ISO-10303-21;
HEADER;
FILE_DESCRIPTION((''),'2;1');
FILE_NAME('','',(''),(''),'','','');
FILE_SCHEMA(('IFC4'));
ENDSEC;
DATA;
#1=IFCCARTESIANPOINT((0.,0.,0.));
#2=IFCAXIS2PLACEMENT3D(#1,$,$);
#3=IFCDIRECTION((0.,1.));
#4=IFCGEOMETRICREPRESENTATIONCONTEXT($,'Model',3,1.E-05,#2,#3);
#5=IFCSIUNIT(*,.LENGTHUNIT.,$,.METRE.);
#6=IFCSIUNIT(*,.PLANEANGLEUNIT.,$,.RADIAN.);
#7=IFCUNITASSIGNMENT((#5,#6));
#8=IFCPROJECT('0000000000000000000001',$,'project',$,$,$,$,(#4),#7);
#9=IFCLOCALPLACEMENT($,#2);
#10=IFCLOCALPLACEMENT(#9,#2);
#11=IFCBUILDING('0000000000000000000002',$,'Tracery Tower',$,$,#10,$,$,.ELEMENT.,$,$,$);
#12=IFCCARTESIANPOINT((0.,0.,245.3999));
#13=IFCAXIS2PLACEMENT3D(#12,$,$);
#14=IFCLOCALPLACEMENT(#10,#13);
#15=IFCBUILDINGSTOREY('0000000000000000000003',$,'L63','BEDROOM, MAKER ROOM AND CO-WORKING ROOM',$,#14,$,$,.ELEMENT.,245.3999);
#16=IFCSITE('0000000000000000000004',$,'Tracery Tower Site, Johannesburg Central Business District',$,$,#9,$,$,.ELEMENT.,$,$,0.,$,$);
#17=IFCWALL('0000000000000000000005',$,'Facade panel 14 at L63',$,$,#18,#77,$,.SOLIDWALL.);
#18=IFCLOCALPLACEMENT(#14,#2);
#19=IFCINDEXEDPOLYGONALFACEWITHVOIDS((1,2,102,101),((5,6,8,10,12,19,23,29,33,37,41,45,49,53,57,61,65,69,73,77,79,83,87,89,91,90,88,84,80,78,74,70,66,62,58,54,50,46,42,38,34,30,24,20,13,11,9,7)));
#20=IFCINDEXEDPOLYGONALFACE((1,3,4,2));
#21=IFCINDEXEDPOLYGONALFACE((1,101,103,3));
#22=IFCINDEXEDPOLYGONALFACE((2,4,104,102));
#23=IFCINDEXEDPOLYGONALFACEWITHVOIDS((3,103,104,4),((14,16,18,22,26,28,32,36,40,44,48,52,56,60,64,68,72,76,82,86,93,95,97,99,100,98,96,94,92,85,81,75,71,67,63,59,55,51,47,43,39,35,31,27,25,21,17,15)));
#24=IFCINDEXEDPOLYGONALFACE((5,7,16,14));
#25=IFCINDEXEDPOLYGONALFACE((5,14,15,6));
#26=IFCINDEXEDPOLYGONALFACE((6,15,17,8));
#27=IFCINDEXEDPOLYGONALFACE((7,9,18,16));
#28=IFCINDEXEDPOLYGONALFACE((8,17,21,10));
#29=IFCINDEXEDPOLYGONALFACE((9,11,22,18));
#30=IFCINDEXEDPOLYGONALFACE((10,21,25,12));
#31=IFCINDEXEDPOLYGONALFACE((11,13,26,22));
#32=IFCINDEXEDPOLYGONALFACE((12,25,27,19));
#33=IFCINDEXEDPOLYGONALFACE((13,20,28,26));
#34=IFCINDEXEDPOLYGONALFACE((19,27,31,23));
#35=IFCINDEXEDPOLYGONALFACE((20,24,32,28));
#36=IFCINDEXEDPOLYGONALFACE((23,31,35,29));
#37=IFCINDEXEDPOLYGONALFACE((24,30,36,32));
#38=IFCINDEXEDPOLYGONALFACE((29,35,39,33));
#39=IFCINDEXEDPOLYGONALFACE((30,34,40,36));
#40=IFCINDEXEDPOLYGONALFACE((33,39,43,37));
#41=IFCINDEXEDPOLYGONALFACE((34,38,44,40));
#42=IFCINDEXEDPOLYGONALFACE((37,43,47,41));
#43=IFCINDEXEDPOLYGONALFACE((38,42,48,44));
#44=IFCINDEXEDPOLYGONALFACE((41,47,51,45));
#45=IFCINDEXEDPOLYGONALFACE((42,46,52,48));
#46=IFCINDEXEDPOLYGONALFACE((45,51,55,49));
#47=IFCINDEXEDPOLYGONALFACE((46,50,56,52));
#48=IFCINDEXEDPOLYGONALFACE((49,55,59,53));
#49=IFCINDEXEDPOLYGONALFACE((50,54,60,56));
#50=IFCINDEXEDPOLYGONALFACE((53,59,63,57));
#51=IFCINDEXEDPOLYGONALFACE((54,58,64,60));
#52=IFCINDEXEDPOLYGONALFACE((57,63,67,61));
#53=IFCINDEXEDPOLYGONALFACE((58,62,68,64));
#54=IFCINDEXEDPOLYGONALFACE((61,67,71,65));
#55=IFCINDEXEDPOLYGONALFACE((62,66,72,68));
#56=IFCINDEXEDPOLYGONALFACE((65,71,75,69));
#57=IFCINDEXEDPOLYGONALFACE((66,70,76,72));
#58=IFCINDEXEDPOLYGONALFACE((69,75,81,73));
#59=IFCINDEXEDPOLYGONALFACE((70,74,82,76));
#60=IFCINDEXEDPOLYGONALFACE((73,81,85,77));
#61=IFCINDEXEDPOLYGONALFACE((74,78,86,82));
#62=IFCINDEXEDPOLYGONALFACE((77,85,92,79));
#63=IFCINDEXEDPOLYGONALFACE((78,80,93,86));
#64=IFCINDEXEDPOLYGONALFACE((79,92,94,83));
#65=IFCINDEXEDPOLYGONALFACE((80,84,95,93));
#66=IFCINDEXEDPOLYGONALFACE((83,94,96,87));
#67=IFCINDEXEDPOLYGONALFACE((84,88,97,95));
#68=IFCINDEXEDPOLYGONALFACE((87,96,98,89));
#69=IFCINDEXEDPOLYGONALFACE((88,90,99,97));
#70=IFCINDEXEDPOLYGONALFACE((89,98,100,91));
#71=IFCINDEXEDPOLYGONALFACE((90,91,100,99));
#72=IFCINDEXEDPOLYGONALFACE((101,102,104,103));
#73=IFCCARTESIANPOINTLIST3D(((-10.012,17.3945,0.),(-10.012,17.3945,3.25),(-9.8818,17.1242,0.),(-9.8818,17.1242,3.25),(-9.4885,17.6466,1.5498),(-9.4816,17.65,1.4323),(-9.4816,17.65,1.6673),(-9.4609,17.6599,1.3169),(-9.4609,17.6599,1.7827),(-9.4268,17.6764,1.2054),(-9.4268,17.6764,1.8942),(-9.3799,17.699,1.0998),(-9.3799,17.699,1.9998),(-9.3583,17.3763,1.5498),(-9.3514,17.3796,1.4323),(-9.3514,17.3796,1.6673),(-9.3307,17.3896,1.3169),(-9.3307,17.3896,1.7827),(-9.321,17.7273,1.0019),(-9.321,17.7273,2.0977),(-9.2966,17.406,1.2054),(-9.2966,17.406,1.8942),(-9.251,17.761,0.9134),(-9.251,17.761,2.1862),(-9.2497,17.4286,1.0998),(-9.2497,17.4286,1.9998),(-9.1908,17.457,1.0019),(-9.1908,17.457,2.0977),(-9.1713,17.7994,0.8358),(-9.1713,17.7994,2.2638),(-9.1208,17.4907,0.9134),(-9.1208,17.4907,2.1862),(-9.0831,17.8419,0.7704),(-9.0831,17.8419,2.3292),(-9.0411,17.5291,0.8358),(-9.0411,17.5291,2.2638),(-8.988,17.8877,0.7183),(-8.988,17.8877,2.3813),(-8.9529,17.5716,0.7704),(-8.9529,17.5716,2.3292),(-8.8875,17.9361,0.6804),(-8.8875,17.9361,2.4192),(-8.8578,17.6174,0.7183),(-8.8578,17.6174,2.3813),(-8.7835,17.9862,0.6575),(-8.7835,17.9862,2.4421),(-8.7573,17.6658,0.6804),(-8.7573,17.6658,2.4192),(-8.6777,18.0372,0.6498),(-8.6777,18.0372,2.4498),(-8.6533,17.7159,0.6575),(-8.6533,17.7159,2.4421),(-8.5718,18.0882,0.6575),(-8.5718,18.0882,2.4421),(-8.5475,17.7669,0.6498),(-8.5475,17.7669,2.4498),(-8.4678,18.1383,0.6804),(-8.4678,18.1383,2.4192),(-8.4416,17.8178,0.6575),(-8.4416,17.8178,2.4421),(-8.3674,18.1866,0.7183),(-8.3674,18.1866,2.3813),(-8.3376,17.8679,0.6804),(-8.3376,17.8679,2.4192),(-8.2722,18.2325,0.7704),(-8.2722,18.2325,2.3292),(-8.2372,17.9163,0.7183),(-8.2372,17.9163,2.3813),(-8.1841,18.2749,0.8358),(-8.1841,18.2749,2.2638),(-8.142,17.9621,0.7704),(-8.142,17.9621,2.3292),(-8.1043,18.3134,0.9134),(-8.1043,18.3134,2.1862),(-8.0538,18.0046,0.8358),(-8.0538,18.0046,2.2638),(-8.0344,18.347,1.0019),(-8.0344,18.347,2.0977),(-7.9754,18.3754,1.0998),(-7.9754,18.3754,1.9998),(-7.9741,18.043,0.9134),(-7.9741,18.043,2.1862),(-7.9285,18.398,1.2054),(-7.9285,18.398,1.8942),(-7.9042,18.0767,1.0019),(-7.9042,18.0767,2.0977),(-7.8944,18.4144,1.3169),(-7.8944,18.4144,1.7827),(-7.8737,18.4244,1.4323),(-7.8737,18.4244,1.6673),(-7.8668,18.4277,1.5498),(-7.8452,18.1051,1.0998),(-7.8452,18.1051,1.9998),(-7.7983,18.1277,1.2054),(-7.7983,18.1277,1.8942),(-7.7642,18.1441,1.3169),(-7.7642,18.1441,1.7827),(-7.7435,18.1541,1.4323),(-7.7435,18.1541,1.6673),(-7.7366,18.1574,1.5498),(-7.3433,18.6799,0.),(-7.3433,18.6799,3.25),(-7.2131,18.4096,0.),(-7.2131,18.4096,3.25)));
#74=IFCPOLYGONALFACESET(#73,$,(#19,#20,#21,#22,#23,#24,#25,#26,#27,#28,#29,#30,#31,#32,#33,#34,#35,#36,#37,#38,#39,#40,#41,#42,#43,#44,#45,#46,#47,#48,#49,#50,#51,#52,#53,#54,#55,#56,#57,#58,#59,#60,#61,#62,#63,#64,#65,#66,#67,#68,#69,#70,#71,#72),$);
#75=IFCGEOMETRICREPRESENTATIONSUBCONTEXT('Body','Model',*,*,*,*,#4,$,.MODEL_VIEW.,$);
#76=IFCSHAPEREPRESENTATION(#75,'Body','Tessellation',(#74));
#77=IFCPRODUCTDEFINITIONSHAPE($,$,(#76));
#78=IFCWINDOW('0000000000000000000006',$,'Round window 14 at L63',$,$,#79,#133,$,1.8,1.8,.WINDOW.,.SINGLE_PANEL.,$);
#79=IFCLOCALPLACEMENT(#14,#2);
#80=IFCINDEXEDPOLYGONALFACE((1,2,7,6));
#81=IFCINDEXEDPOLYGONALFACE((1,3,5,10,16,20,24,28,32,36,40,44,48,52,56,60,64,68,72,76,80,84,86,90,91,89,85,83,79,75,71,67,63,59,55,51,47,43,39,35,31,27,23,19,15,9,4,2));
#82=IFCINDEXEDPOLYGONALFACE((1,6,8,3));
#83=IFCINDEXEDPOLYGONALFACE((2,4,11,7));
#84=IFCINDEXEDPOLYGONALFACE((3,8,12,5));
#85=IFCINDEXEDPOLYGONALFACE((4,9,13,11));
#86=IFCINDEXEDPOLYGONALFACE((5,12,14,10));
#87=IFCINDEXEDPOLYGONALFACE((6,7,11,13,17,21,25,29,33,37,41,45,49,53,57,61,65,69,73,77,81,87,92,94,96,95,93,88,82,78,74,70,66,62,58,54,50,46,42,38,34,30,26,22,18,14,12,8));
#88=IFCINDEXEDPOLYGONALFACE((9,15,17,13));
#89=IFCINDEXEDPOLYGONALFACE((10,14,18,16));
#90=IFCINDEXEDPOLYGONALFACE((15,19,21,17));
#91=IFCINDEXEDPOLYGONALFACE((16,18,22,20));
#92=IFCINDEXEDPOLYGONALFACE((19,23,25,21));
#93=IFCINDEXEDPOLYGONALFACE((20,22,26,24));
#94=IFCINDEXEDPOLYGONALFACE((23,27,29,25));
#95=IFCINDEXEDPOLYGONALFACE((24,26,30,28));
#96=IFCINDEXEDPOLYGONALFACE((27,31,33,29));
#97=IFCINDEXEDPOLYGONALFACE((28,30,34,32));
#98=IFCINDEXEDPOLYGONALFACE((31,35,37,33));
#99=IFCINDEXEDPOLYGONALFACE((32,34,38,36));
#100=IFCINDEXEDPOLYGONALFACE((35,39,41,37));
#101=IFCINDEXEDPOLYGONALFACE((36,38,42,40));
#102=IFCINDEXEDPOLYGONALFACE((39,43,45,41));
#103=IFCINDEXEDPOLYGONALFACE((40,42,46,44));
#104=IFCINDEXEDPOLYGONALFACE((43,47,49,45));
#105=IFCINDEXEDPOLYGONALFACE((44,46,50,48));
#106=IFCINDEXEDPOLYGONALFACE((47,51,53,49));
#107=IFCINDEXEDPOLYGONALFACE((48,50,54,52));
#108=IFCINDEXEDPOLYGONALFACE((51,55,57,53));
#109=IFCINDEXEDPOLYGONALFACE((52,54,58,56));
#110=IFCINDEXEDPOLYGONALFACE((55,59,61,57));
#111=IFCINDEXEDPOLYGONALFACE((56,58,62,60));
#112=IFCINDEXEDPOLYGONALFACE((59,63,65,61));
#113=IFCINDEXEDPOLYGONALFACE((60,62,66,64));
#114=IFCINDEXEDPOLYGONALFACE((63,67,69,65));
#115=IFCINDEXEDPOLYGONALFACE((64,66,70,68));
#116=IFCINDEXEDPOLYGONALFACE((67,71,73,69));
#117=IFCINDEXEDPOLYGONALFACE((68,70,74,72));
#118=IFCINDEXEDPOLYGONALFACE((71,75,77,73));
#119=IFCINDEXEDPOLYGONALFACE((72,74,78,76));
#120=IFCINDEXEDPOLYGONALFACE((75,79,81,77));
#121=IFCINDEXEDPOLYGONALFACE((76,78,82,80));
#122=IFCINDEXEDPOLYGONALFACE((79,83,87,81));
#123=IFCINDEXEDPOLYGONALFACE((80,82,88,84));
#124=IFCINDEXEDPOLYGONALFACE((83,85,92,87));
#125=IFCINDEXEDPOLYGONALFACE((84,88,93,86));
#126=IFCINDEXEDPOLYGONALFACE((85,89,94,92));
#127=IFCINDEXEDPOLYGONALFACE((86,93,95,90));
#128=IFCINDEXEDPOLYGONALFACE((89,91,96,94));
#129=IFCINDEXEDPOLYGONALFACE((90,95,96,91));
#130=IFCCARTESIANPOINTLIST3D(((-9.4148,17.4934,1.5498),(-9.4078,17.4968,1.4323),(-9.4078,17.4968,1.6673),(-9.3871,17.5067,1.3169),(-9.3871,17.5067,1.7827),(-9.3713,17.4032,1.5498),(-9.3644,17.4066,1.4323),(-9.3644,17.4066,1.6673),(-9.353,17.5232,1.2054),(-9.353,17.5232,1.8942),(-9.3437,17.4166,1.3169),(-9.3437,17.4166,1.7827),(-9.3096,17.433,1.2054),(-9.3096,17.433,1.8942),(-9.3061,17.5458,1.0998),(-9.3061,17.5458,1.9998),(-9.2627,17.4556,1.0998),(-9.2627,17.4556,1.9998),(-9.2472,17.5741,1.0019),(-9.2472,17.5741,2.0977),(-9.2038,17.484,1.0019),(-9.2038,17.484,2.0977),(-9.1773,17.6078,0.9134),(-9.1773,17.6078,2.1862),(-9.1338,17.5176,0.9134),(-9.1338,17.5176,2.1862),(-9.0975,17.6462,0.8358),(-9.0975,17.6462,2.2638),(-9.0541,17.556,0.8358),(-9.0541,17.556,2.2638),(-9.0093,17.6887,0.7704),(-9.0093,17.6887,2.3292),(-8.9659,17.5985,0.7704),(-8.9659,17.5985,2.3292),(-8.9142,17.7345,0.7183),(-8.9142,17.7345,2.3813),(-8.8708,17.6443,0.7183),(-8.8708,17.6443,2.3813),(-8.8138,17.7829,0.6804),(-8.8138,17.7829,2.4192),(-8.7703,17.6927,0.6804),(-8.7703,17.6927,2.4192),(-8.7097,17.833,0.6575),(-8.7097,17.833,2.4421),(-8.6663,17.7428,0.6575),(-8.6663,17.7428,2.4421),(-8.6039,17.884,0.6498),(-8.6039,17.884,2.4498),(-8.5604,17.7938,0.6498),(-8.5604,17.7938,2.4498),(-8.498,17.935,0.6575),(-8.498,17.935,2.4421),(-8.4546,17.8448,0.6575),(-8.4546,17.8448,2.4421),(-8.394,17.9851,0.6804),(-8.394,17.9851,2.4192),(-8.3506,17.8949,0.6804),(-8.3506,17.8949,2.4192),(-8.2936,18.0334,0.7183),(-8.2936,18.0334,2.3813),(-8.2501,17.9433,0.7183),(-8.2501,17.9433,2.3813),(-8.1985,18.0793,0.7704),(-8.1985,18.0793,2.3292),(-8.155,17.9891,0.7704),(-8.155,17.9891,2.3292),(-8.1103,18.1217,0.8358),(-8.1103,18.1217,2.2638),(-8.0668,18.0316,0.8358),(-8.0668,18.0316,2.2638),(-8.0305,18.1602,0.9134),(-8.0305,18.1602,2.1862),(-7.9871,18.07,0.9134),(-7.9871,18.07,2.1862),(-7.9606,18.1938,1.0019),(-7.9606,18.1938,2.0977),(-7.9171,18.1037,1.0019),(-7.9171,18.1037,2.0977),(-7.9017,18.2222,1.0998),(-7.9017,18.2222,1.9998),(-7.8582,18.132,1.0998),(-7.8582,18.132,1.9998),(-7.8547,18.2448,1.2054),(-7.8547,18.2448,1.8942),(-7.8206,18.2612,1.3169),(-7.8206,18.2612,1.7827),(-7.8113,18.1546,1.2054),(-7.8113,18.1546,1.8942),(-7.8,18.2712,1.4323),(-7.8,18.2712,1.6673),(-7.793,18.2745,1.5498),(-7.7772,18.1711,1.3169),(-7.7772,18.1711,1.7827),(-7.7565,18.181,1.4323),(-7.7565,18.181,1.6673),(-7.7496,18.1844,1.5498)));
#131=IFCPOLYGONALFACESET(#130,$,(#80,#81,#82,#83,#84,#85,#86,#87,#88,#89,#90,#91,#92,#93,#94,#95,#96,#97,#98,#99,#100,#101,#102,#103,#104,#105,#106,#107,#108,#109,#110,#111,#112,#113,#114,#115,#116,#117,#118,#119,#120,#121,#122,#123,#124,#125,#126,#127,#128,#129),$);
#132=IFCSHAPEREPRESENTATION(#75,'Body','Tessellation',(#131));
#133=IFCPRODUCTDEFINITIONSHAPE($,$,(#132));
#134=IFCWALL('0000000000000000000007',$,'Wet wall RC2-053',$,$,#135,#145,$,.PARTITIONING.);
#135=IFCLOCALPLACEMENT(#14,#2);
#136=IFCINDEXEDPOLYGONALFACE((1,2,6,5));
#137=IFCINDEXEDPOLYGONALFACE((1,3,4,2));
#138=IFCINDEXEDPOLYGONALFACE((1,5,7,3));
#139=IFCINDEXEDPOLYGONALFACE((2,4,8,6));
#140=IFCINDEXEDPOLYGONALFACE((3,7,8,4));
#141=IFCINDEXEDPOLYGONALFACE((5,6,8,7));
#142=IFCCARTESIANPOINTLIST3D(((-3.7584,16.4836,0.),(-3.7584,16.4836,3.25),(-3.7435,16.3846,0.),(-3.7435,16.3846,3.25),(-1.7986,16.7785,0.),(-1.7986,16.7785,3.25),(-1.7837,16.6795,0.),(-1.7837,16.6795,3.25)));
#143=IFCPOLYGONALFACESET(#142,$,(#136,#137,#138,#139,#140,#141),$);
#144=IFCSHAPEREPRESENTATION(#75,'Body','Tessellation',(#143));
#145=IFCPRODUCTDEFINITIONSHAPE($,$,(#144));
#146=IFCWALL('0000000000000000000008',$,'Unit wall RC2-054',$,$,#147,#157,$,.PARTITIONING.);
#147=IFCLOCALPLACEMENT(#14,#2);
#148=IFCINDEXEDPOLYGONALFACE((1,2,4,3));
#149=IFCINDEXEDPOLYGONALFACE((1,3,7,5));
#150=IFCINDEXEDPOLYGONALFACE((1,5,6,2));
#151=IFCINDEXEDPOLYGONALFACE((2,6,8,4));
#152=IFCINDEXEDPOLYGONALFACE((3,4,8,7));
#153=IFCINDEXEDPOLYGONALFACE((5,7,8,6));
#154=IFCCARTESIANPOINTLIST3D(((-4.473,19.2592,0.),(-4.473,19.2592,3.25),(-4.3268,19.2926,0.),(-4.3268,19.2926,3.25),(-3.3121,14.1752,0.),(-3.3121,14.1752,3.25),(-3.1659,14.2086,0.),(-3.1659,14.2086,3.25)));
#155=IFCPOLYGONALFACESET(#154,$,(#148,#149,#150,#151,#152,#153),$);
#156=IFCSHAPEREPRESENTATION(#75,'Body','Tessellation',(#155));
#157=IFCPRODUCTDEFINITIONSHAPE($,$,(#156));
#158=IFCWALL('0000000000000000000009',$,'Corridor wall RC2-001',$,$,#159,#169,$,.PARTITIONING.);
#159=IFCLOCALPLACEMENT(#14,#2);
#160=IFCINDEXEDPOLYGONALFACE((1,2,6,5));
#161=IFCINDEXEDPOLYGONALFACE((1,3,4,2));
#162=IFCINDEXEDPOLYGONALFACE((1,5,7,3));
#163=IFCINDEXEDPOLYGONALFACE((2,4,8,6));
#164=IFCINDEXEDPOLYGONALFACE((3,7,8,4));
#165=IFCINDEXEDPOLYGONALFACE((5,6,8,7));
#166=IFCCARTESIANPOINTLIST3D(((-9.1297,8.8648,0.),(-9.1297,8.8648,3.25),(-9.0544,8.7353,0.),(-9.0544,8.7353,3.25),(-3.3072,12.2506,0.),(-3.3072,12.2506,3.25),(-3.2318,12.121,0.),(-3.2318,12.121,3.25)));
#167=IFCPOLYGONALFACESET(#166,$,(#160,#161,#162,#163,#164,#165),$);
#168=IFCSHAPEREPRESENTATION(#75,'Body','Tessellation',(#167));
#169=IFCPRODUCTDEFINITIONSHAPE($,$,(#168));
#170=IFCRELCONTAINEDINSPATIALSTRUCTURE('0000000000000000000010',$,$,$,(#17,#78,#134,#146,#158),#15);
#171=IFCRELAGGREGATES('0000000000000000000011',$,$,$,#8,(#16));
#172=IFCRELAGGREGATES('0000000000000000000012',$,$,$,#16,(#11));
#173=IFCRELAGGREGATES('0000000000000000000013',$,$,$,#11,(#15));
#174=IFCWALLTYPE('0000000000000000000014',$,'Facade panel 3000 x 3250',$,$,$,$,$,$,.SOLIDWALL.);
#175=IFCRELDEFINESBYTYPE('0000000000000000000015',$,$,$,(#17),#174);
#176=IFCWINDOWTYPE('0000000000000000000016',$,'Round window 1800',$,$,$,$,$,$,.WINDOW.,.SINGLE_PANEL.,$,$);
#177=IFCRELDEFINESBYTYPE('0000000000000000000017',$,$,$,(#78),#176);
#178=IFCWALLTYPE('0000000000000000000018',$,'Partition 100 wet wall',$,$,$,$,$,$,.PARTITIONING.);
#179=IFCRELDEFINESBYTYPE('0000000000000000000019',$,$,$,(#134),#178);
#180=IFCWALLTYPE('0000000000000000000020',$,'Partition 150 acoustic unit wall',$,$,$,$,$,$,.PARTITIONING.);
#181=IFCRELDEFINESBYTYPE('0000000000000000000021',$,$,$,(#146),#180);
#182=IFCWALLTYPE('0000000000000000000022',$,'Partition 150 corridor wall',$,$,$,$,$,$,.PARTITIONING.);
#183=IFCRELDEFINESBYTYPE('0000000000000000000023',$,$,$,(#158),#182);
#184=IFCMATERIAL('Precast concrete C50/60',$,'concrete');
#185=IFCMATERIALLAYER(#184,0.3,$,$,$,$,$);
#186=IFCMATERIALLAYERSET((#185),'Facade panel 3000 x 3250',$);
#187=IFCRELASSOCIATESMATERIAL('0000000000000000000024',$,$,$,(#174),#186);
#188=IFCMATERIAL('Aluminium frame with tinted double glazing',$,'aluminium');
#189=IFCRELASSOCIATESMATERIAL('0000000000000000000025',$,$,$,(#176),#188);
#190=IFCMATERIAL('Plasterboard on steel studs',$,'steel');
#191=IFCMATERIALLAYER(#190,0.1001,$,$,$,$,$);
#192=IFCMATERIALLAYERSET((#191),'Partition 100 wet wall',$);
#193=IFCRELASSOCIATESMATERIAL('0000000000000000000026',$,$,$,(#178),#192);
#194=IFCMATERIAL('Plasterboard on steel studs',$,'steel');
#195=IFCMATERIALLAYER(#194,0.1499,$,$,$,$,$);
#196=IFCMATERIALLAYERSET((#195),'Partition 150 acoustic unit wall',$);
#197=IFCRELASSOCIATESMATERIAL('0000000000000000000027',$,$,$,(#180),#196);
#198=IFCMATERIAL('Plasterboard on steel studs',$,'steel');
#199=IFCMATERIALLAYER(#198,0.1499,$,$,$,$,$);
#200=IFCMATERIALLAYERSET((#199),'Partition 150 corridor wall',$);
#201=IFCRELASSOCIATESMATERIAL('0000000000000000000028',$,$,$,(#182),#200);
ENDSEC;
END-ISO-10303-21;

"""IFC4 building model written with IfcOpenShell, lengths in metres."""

from ifc_helpers import new_model, si_unit, direction, frame, frame_2d, origin, origin_2d, place, context, subcontext, project, spatial, rectangle, circle, extrude, material, layer, layer_set, type_object, element, fill, save


model = new_model("IFC4")

# Units and contexts
model_context = context("Model", 3, precision=1e-05, world=origin(), true_north=direction((0.0, 1.0)))
body_context = subcontext(model_context, "Body", "Model", "MODEL_VIEW")
ifc_project = project(units=[si_unit("LENGTHUNIT", "METRE"), si_unit("PLANEANGLEUNIT", "RADIAN")], contexts=[model_context])

# Site, building, storey
site_placement = place(None, origin())
site = spatial("IfcSite", under=ifc_project, at=site_placement, Name="Tracery Tower Site, Johannesburg Central Business District", CompositionType="ELEMENT", RefElevation=0.0)
building_placement = place(site_placement, origin())
building = spatial("IfcBuilding", under=site, at=building_placement, Name="Tracery Tower", CompositionType="ELEMENT")
storey_placement = place(building_placement, frame((0.0, 0.0, 245.3999)))
storey = spatial("IfcBuildingStorey", under=building, at=storey_placement, Name="L63", Description="BEDROOM, MAKER ROOM AND CO-WORKING ROOM", CompositionType="ELEMENT", Elevation=245.3999)

# Wall, opening, window
ifc_material_1 = material(Name="Precast concrete C50/60", Category="concrete")
ifc_layer_1 = layer(ifc_material_1, 0.3)
ifc_layer_set_1 = layer_set([ifc_layer_1], Name="Facade panel 3000 x 3250")
wall_type_1 = type_object("IfcWallType", Name="Facade panel 3000 x 3250", PredefinedType="SOLIDWALL", material=ifc_layer_set_1)
ifc_material_2 = material(Name="Aluminium frame with tinted double glazing", Category="aluminium")
window_type = type_object("IfcWindowType", Name="Round window 1800", PartitioningType="SINGLE_PANEL", PredefinedType="WINDOW", material=ifc_material_2)
wall_1_placement = place(storey_placement, frame((-7.2783, 18.5447, 0.0), z_axis=(0.0, 0.0, 1.0), x_axis=(-0.90094, -0.433944, 0.0)))
wall_1 = element("IfcWall", 1, at=wall_1_placement, inside=storey, type_object=wall_type_1, Name="Facade panel 14 at L63", PredefinedType="SOLIDWALL", context=body_context, shape_type="SweptSolid", body=[
    extrude(rectangle(XDim=2.9622, YDim=0.3, at=frame_2d((1.481, 0.0))), origin(), (0.0, 0.0, 1.0), 3.25),
])
opening_1_placement = place(wall_1_placement, frame((1.481, 0.0, 1.5498)))
opening_1 = element("IfcOpeningElement", 2, at=opening_1_placement, cuts=wall_1, PredefinedType="OPENING", context=body_context, shape_type="SweptSolid", body=[
    extrude(circle(Radius=0.9, at=origin_2d()), frame((0.0, 0.1599, 0.0), z_axis=(0.0, -1.0, 0.0), x_axis=(1.0, 0.0, 0.0)), (0.0, 0.0, 1.0), 0.3201),
])
window_1_placement = place(opening_1_placement, origin())
window_1 = element("IfcWindow", 3, at=window_1_placement, inside=storey, type_object=window_type, Name="Round window 14 at L63", OverallHeight=1.8, OverallWidth=1.8, PartitioningType="SINGLE_PANEL", PredefinedType="WINDOW", context=body_context, shape_type="SweptSolid", body=[
    extrude(circle(Radius=0.9, at=origin_2d()), frame((0.0, 0.1201, 0.0), z_axis=(0.0, -1.0, 0.0), x_axis=(1.0, 0.0, 0.0)), (0.0, 0.0, 1.0), 0.1001),
])
fill(opening_1, window_1)

# Walls
ifc_material_3 = material(Name="Plasterboard on steel studs", Category="steel")
ifc_layer_2 = layer(ifc_material_3, 0.1001)
ifc_layer_set_2 = layer_set([ifc_layer_2], Name="Partition 100 wet wall")
wall_type_2 = type_object("IfcWallType", Name="Partition 100 wet wall", PredefinedType="PARTITIONING", material=ifc_layer_set_2)
wall_2_placement = place(storey_placement, frame((-3.751, 16.4341, 0.0), z_axis=(0.0, 0.0, 1.0), x_axis=(0.988868, 0.148798, 0.0)))
element("IfcWall", 4, at=wall_2_placement, inside=storey, type_object=wall_type_2, Name="Wet wall RC2-053", PredefinedType="PARTITIONING", context=body_context, shape_type="SweptSolid", body=[
    extrude(rectangle(XDim=1.9819, YDim=0.1001, at=frame_2d((0.991, 0.0))), origin(), (0.0, 0.0, 1.0), 3.25),
])
ifc_material_4 = material(Name="Plasterboard on steel studs", Category="steel")
ifc_layer_3 = layer(ifc_material_4, 0.1499)
ifc_layer_set_3 = layer_set([ifc_layer_3], Name="Partition 150 acoustic unit wall")
wall_type_3 = type_object("IfcWallType", Name="Partition 150 acoustic unit wall", PredefinedType="PARTITIONING", material=ifc_layer_set_3)
wall_3_placement = place(storey_placement, frame((-4.3999, 19.2759, 0.0), z_axis=(0.0, 0.0, 1.0), x_axis=(0.222613, -0.974907, 0.0)))
element("IfcWall", 5, at=wall_3_placement, inside=storey, type_object=wall_type_3, Name="Unit wall RC2-054", PredefinedType="PARTITIONING", context=body_context, shape_type="SweptSolid", body=[
    extrude(rectangle(XDim=5.2148, YDim=0.1499, at=frame_2d((2.6074, 0.0))), origin(), (0.0, 0.0, 1.0), 3.25),
])
ifc_material_5 = material(Name="Plasterboard on steel studs", Category="steel")
ifc_layer_4 = layer(ifc_material_5, 0.1499)
ifc_layer_set_4 = layer_set([ifc_layer_4], Name="Partition 150 corridor wall")
wall_type_4 = type_object("IfcWallType", Name="Partition 150 corridor wall", PredefinedType="PARTITIONING", material=ifc_layer_set_4)
wall_4_placement = place(storey_placement, frame((-9.092, 8.8, 0.0), z_axis=(0.0, 0.0, 1.0), x_axis=(0.864471, 0.502683, 0.0)))
element("IfcWall", 6, at=wall_4_placement, inside=storey, type_object=wall_type_4, Name="Corridor wall RC2-001", PredefinedType="PARTITIONING", context=body_context, shape_type="SweptSolid", body=[
    extrude(rectangle(XDim=6.7354, YDim=0.1499, at=frame_2d((3.3677, 0.0))), origin(), (0.0, 0.0, 1.0), 3.25),
])

save(model, "model.ifc")
